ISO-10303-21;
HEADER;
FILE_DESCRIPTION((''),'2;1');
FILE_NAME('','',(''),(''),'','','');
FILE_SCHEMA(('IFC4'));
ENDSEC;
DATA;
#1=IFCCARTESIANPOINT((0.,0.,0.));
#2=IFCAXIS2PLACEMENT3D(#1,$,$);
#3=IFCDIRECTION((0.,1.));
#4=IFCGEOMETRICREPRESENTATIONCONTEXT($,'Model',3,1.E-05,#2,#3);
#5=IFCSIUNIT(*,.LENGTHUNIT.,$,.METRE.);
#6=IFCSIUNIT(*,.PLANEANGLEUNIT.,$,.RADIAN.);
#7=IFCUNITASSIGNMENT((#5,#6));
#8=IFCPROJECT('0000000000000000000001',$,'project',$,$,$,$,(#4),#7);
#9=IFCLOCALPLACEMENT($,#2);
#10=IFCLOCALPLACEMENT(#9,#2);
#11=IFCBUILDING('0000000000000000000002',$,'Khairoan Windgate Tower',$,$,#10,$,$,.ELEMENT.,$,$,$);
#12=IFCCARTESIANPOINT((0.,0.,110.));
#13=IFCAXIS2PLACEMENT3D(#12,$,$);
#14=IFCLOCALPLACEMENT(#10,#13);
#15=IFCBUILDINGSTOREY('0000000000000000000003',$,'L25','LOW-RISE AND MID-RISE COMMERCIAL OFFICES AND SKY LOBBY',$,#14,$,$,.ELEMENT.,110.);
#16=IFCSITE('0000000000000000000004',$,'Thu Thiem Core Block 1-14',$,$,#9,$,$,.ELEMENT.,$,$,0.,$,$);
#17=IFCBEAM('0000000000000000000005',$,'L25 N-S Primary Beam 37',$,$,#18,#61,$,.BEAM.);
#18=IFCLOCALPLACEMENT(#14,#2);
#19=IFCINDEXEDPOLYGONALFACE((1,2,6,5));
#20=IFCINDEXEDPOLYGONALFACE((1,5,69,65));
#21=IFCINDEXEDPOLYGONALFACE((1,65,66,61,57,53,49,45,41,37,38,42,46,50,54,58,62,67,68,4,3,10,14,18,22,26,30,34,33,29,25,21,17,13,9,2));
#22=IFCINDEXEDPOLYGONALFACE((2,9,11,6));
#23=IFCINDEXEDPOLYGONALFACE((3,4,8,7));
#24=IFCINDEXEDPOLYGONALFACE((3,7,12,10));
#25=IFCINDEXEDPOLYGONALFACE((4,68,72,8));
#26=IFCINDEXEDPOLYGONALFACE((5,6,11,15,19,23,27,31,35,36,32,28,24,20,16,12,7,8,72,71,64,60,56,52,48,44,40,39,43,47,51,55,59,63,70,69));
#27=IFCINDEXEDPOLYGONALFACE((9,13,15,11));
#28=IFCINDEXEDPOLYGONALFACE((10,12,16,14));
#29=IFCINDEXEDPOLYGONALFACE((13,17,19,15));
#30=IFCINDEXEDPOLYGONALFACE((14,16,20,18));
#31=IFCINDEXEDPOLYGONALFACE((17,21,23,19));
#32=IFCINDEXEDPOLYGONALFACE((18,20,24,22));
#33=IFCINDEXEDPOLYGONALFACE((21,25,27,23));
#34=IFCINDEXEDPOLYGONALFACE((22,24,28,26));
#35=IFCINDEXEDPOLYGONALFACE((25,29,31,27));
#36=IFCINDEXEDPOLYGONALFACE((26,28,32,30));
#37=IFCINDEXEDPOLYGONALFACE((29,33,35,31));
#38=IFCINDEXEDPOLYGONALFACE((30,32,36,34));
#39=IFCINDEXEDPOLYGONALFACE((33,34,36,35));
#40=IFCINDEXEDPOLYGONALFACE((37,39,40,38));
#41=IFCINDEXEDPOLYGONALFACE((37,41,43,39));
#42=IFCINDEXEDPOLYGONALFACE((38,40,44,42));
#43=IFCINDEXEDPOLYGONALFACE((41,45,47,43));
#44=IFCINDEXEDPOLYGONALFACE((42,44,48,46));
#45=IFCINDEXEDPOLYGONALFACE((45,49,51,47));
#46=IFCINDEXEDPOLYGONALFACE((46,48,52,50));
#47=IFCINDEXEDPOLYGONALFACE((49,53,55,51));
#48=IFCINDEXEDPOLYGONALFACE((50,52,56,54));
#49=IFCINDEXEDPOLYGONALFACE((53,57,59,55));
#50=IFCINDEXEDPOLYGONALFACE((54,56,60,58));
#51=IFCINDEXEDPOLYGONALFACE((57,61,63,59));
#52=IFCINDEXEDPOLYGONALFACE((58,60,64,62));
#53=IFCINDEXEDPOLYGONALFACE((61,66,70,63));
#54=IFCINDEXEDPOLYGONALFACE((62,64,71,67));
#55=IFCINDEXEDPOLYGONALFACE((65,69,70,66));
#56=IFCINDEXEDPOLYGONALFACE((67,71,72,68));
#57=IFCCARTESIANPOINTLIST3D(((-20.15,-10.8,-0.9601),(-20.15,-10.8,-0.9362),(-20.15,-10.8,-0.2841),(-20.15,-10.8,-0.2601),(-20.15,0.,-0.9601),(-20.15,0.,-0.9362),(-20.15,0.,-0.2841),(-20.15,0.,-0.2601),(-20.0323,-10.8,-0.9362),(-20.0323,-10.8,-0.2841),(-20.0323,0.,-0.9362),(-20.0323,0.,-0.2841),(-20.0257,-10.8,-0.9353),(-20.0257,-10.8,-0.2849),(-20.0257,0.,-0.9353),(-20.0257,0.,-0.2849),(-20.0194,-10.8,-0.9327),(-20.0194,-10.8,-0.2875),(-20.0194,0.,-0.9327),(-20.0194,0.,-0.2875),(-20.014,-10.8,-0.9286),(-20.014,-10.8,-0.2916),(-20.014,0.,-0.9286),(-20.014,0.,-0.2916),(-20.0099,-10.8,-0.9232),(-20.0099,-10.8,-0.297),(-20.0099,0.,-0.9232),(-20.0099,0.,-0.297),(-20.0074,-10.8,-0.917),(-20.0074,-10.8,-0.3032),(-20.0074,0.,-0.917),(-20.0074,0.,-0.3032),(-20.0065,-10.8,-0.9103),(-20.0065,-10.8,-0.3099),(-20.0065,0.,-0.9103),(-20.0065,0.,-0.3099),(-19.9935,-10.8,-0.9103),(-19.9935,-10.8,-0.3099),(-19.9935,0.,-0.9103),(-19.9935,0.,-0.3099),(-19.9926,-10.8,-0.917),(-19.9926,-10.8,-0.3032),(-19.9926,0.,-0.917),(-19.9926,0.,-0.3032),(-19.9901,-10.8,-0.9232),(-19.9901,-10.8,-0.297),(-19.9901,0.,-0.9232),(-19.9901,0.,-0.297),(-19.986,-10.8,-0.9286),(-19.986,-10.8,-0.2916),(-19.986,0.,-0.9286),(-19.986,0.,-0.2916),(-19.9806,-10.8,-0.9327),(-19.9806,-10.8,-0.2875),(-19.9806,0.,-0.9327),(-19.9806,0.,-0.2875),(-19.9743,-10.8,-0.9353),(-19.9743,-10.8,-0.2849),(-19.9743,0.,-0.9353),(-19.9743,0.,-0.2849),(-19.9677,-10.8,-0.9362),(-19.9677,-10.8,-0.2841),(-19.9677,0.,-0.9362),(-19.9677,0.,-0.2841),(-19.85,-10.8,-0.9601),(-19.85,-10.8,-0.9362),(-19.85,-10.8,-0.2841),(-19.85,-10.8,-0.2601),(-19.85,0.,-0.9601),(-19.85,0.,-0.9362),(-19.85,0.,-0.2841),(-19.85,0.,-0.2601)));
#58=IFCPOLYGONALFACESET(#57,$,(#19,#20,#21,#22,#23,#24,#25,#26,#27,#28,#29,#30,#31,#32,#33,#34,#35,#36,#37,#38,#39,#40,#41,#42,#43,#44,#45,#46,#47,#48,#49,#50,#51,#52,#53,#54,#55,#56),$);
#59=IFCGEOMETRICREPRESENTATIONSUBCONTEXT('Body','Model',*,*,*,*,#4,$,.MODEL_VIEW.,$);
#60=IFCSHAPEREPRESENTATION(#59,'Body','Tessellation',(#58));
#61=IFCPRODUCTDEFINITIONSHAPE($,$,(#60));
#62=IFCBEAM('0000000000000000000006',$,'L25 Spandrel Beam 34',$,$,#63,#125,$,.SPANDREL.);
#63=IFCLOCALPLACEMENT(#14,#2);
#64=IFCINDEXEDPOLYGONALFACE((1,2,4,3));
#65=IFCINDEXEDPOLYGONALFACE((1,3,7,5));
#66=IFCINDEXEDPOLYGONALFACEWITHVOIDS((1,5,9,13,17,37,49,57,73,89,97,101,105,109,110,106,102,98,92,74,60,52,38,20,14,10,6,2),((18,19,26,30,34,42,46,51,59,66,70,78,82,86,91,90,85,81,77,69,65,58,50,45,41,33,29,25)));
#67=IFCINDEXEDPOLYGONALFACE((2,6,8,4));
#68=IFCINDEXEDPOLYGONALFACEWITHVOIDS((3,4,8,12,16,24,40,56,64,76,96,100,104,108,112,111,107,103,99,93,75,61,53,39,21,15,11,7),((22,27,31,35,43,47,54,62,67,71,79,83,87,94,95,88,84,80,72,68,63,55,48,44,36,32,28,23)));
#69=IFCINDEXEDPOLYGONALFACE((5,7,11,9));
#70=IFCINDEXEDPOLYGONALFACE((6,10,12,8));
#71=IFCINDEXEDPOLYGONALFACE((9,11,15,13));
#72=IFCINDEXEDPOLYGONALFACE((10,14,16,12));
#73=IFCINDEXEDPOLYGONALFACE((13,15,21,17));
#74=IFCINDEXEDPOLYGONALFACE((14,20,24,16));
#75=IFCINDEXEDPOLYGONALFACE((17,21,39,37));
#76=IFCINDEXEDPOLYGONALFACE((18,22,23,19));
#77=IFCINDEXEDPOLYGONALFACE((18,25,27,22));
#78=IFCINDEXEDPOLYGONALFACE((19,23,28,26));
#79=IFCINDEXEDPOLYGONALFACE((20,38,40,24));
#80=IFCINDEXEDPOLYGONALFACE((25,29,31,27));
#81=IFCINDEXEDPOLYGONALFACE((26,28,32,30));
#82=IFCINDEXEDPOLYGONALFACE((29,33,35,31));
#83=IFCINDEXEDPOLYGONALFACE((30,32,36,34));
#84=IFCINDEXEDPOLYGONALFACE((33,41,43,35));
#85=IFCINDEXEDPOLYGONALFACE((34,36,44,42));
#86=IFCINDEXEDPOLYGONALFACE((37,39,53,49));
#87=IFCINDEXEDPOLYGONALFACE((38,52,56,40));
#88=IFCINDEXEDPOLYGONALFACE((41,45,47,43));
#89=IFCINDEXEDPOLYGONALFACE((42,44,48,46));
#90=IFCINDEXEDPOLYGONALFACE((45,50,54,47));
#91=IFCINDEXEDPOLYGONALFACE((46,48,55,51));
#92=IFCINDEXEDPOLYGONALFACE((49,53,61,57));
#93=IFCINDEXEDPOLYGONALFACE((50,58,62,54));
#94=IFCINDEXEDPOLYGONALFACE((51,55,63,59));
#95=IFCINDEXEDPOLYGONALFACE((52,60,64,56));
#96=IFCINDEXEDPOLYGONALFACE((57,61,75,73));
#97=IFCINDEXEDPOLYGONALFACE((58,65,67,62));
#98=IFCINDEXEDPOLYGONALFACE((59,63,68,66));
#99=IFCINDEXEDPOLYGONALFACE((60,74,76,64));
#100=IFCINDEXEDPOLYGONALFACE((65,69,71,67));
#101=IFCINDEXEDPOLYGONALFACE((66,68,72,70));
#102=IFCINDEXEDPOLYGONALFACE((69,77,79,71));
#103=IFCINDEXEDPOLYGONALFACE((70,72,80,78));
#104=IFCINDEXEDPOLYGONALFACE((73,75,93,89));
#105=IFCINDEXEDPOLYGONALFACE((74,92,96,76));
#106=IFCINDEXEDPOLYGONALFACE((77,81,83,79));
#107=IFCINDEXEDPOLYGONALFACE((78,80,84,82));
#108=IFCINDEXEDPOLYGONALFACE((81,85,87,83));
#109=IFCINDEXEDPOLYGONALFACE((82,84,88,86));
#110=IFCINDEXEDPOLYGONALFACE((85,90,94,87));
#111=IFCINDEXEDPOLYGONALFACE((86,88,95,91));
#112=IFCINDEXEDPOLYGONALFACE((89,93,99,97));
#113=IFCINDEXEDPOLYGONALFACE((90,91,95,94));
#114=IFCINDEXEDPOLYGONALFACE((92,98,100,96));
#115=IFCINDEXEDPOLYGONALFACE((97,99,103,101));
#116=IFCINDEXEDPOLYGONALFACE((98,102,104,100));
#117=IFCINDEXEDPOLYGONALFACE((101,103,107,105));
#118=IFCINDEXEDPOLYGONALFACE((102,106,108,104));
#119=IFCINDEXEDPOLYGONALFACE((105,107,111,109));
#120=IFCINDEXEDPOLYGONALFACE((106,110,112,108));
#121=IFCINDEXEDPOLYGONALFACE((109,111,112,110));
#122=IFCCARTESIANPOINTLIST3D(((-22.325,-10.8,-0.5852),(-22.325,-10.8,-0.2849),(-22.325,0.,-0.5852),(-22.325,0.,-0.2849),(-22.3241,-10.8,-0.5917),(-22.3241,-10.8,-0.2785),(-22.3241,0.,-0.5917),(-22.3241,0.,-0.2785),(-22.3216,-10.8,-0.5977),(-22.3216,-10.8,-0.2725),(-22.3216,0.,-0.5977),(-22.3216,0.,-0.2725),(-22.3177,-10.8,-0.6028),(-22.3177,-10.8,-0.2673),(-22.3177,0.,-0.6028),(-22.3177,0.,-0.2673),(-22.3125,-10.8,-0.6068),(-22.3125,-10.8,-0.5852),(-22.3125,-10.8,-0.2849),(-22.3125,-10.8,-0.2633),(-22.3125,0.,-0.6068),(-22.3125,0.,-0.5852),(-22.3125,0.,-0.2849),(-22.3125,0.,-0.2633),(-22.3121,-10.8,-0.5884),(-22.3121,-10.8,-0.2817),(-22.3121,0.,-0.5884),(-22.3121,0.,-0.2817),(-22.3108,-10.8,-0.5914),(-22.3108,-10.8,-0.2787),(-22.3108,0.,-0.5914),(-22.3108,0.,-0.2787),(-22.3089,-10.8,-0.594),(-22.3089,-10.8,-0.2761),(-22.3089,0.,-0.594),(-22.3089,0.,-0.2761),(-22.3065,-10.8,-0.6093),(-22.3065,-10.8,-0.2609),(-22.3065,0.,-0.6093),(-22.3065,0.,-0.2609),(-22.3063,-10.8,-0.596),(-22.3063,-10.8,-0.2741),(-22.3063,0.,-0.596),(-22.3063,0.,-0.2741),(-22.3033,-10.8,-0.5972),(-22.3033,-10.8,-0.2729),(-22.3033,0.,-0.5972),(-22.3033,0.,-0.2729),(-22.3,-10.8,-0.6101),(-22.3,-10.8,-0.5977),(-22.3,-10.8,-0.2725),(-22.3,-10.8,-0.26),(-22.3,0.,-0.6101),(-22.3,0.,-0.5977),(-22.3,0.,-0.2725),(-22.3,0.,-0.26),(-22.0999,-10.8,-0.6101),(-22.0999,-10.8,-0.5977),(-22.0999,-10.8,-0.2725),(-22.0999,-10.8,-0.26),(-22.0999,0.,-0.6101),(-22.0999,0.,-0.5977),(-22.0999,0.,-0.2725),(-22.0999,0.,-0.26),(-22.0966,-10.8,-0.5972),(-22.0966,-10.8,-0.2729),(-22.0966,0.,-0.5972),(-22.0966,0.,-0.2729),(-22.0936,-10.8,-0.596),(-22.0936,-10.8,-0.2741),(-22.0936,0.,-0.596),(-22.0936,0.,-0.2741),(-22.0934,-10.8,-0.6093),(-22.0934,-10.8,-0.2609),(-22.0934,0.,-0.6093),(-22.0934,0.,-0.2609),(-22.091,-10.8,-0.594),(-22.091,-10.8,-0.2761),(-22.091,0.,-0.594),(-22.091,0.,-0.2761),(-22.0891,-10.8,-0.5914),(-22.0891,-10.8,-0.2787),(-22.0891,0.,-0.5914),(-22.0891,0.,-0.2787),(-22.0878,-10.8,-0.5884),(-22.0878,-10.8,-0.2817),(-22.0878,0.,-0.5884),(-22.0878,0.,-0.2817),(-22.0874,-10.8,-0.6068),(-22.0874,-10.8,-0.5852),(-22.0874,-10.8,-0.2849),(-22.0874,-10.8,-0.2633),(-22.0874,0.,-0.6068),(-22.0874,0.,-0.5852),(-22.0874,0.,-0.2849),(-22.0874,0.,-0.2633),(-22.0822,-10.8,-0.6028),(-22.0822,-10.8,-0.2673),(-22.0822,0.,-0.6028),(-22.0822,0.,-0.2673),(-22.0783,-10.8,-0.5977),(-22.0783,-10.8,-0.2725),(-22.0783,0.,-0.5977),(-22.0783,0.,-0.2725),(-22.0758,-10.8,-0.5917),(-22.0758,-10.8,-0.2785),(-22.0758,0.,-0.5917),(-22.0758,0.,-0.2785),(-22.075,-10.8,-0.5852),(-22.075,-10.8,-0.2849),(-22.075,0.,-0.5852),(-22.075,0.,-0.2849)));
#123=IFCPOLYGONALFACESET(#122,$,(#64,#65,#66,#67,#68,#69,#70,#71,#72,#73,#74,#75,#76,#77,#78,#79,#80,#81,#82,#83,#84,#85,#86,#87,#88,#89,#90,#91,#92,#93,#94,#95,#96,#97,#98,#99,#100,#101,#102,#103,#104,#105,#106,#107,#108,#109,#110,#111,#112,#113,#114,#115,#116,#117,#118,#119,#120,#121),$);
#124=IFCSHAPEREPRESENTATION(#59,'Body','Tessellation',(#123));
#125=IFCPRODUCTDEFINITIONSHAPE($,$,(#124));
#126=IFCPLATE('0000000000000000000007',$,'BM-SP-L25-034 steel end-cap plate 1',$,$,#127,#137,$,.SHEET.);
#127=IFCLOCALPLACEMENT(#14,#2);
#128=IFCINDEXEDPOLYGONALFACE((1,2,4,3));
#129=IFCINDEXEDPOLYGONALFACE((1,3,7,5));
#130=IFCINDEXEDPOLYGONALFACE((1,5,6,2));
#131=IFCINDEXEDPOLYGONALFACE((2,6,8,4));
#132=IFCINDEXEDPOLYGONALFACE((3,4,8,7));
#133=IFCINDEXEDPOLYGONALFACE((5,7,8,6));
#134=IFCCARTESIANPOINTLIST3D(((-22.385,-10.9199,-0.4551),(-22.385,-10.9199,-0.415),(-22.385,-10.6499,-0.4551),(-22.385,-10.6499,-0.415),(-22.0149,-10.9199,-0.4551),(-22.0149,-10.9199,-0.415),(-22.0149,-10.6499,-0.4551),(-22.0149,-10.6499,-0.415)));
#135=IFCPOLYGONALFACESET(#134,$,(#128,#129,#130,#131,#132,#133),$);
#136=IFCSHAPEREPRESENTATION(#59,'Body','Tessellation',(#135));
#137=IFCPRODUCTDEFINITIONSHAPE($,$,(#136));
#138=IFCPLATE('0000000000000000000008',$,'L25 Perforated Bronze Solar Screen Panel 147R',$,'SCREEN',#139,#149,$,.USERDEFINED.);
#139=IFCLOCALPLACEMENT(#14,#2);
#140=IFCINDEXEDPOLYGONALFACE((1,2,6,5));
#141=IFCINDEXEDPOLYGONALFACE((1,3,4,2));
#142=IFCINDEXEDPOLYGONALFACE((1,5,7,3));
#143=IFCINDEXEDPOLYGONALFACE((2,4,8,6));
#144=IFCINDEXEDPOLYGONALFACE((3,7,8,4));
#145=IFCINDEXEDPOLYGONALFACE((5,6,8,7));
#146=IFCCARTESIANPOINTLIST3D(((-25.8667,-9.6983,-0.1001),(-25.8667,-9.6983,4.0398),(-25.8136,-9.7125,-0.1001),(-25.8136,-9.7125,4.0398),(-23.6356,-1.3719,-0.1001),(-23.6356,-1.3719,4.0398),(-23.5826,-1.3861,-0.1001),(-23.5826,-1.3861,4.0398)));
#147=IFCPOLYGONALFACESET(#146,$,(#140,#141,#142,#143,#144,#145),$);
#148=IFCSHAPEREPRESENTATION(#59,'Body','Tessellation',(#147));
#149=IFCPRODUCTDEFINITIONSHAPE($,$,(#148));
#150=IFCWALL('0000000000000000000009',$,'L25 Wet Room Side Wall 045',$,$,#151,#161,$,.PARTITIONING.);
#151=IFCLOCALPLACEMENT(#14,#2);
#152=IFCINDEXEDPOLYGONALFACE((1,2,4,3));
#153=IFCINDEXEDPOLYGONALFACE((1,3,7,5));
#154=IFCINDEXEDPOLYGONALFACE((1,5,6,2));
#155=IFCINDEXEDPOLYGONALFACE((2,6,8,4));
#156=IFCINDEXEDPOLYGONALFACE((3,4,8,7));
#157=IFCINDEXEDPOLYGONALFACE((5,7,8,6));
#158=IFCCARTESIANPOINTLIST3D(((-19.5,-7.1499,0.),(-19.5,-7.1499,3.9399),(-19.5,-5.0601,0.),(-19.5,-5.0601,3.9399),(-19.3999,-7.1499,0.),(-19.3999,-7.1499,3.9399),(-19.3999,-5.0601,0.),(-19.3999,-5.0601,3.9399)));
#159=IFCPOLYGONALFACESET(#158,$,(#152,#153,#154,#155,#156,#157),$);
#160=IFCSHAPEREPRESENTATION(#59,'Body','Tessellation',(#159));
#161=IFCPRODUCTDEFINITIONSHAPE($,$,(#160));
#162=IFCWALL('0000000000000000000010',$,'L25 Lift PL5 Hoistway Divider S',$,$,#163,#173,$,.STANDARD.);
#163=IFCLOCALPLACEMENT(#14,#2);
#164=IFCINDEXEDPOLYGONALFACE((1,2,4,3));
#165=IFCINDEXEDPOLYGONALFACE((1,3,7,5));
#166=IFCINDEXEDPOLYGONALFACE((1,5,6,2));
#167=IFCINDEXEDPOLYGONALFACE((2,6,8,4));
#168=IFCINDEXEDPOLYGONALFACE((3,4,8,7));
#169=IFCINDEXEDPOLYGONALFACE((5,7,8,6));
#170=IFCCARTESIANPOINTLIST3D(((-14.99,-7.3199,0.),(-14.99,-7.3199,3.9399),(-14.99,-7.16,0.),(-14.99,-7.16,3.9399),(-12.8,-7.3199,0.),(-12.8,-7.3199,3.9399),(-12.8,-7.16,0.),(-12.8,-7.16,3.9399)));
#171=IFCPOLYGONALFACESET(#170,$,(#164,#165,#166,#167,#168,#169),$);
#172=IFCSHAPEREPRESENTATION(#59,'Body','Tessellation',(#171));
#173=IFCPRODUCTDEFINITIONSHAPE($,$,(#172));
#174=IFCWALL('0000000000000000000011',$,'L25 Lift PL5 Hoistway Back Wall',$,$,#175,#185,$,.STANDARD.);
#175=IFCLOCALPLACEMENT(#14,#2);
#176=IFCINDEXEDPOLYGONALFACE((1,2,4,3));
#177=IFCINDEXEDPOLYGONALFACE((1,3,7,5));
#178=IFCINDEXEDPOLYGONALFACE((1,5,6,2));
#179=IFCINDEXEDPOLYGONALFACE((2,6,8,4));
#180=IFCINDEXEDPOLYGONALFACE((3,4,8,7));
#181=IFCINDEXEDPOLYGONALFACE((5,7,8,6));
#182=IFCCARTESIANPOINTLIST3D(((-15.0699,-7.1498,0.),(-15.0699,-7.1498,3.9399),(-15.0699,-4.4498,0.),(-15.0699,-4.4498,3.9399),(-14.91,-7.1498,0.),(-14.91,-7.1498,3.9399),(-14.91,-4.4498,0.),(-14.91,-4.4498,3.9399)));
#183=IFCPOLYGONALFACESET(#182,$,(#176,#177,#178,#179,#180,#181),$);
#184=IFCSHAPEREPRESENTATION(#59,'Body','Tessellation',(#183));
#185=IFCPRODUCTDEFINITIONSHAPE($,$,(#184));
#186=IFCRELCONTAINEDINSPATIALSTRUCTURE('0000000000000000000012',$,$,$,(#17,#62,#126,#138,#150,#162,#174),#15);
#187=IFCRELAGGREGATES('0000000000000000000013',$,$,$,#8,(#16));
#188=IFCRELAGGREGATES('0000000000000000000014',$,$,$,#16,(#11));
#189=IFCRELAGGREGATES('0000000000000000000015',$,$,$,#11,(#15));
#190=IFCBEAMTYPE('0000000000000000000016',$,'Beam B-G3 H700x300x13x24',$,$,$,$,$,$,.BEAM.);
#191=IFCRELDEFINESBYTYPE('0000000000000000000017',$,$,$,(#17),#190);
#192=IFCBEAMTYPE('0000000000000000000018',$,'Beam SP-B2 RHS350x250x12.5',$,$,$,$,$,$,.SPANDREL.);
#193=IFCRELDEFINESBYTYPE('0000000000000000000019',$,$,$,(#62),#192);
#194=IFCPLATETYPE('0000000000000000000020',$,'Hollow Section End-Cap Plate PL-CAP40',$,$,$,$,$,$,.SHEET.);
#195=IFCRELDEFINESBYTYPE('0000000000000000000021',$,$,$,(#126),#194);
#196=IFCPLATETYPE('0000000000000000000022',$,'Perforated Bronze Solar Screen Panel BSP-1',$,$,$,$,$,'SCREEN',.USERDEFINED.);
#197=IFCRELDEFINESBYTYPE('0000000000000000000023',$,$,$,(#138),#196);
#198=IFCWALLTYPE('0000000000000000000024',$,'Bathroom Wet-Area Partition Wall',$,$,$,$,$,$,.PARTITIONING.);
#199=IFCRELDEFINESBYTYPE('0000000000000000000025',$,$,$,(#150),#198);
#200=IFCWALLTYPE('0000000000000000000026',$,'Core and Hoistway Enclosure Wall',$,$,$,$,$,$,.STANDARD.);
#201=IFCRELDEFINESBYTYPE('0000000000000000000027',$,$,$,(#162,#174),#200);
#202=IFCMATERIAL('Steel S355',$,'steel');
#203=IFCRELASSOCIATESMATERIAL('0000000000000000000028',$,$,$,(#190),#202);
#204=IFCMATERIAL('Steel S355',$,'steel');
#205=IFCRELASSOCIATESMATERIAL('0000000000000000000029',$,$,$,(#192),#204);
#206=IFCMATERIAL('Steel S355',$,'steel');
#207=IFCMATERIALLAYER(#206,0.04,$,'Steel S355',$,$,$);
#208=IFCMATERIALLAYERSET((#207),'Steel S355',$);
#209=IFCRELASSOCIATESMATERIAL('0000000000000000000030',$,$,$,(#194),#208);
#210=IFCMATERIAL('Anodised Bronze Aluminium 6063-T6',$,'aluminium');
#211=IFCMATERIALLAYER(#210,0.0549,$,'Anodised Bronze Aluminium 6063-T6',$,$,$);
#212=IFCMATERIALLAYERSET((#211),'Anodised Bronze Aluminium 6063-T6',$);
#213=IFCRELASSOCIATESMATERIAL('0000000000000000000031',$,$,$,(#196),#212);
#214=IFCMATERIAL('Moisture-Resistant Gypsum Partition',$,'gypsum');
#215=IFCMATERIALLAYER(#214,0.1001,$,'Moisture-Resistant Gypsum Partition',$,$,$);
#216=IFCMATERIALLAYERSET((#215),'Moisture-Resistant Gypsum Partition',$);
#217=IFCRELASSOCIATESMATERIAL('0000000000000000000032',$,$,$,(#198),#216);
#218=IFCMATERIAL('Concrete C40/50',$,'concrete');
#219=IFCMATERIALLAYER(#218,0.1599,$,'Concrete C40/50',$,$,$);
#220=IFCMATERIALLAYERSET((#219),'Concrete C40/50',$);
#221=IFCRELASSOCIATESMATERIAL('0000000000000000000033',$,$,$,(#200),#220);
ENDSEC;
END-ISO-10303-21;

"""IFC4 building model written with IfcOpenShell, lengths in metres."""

from ifc_helpers import new_model, si_unit, direction, frame, frame_2d, origin, origin_2d, place, context, subcontext, project, spatial, rectangle, hollow_rectangle, i_section, extrude, material, layer, layer_set, material_profile, profile_set, type_object, element, save


model = new_model("IFC4")

# Units and contexts
model_context = context("Model", 3, precision=1e-05, world=origin(), true_north=direction((0.0, 1.0)))
body_context = subcontext(model_context, "Body", "Model", "MODEL_VIEW")
ifc_project = project(units=[si_unit("LENGTHUNIT", "METRE"), si_unit("PLANEANGLEUNIT", "RADIAN")], contexts=[model_context])

# Site, building, storey
site_placement = place(None, origin())
site = spatial("IfcSite", under=ifc_project, at=site_placement, Name="Thu Thiem Core Block 1-14", CompositionType="ELEMENT", RefElevation=0.0)
building_placement = place(site_placement, origin())
building = spatial("IfcBuilding", under=site, at=building_placement, Name="Khairoan Windgate Tower", CompositionType="ELEMENT")
storey_placement = place(building_placement, frame((0.0, 0.0, 110.0)))
storey = spatial("IfcBuildingStorey", under=building, at=storey_placement, Name="L25", Description="LOW-RISE AND MID-RISE COMMERCIAL OFFICES AND SKY LOBBY", CompositionType="ELEMENT", Elevation=110.0)

# Beams
ifc_material_1 = material(Name="Steel S355", Category="steel")
ifc_material_profile_1 = material_profile(ifc_material_1, i_section(OverallWidth=0.3, OverallDepth=0.7, WebThickness=0.0129, FlangeThickness=0.0239, FilletRadius=0.0259, at=origin_2d()))
ifc_profile_set_1 = profile_set([ifc_material_profile_1], Name="Steel S355")
beam_type_1 = type_object("IfcBeamType", Name="Beam B-G3 H700x300x13x24", PredefinedType="BEAM", material=ifc_profile_set_1)
beam_1_placement = place(storey_placement, frame((-20.0, -10.8, -0.6101), z_axis=(0.0, 1.0, 0.0), x_axis=(-1.0, 0.0, 0.0)))
element("IfcBeam", 1, at=beam_1_placement, inside=storey, type_object=beam_type_1, Name="L25 N-S Primary Beam 37", PredefinedType="BEAM", context=body_context, shape_type="SweptSolid", body=[
    extrude(i_section(OverallWidth=0.3, OverallDepth=0.7, WebThickness=0.0129, FlangeThickness=0.0239, FilletRadius=0.0259, at=origin_2d()), origin(), (0.0, 0.0, 1.0), 10.8),
])
ifc_material_2 = material(Name="Steel S355", Category="steel")
ifc_material_profile_2 = material_profile(ifc_material_2, hollow_rectangle(XDim=0.25, YDim=0.3501, WallThickness=0.0125, InnerFilletRadius=0.0125, OuterFilletRadius=0.0249, at=origin_2d()))
ifc_profile_set_2 = profile_set([ifc_material_profile_2], Name="Steel S355")
beam_type_2 = type_object("IfcBeamType", Name="Beam SP-B2 RHS350x250x12.5", PredefinedType="SPANDREL", material=ifc_profile_set_2)
beam_2_placement = place(storey_placement, frame((-22.2, -10.8, -0.4351), z_axis=(0.0, 1.0, 0.0), x_axis=(-1.0, 0.0, 0.0)))
element("IfcBeam", 2, at=beam_2_placement, inside=storey, type_object=beam_type_2, Name="L25 Spandrel Beam 34", PredefinedType="SPANDREL", context=body_context, shape_type="SweptSolid", body=[
    extrude(hollow_rectangle(XDim=0.25, YDim=0.3501, WallThickness=0.0125, InnerFilletRadius=0.0125, OuterFilletRadius=0.0249, at=origin_2d()), origin(), (0.0, 0.0, 1.0), 10.8),
])

# Plates
ifc_material_3 = material(Name="Steel S355", Category="steel")
ifc_layer_1 = layer(ifc_material_3, 0.04, Name="Steel S355")
ifc_layer_set_1 = layer_set([ifc_layer_1], Name="Steel S355")
plate_type_1 = type_object("IfcPlateType", Name="Hollow Section End-Cap Plate PL-CAP40", PredefinedType="SHEET", material=ifc_layer_set_1)
plate_1_placement = place(storey_placement, frame((-22.2, -10.7849, -0.4551), z_axis=(0.0, 0.0, 1.0), x_axis=(0.0, 1.0, 0.0)))
element("IfcPlate", 3, at=plate_1_placement, inside=storey, type_object=plate_type_1, Name="BM-SP-L25-034 steel end-cap plate 1", PredefinedType="SHEET", context=body_context, shape_type="SweptSolid", body=[
    extrude(rectangle(XDim=0.27, YDim=0.3701, at=origin_2d()), origin(), (0.0, 0.0, 1.0), 0.04),
])
ifc_material_4 = material(Name="Anodised Bronze Aluminium 6063-T6", Category="aluminium")
ifc_layer_2 = layer(ifc_material_4, 0.0549, Name="Anodised Bronze Aluminium 6063-T6")
ifc_layer_set_2 = layer_set([ifc_layer_2], Name="Anodised Bronze Aluminium 6063-T6")
plate_type_2 = type_object("IfcPlateType", Name="Perforated Bronze Solar Screen Panel BSP-1", ElementType="SCREEN", PredefinedType="USERDEFINED", material=ifc_layer_set_2)
plate_2_placement = place(storey_placement, frame((-24.7246, -5.5422, -0.1001), z_axis=(0.0, 0.0, 1.0), x_axis=(0.258819, 0.965926, 0.0)))
element("IfcPlate", 4, at=plate_2_placement, inside=storey, type_object=plate_type_2, Name="L25 Perforated Bronze Solar Screen Panel 147R", ObjectType="SCREEN", PredefinedType="USERDEFINED", context=body_context, shape_type="SweptSolid", body=[
    extrude(rectangle(XDim=8.6201, YDim=0.0549, at=origin_2d()), origin(), (0.0, 0.0, 1.0), 4.1399),
])

# Walls
ifc_material_5 = material(Name="Moisture-Resistant Gypsum Partition", Category="gypsum")
ifc_layer_3 = layer(ifc_material_5, 0.1001, Name="Moisture-Resistant Gypsum Partition")
ifc_layer_set_3 = layer_set([ifc_layer_3], Name="Moisture-Resistant Gypsum Partition")
wall_type_1 = type_object("IfcWallType", Name="Bathroom Wet-Area Partition Wall", PredefinedType="PARTITIONING", material=ifc_layer_set_3)
wall_1_placement = place(storey_placement, frame((-19.45, -7.1499, 0.0), z_axis=(0.0, 0.0, 1.0), x_axis=(0.0, 1.0, 0.0)))
element("IfcWall", 5, at=wall_1_placement, inside=storey, type_object=wall_type_1, Name="L25 Wet Room Side Wall 045", PredefinedType="PARTITIONING", context=body_context, shape_type="SweptSolid", body=[
    extrude(rectangle(XDim=2.0898, YDim=0.1001, at=frame_2d((1.0449, 0.0))), origin(), (0.0, 0.0, 1.0), 3.9399),
])
ifc_material_6 = material(Name="Concrete C40/50", Category="concrete")
ifc_layer_4 = layer(ifc_material_6, 0.1599, Name="Concrete C40/50")
ifc_layer_set_4 = layer_set([ifc_layer_4], Name="Concrete C40/50")
wall_type_2 = type_object("IfcWallType", Name="Core and Hoistway Enclosure Wall", PredefinedType="STANDARD", material=ifc_layer_set_4)
wall_2_placement = place(storey_placement, frame((-14.99, -7.24, 0.0), z_axis=(0.0, 0.0, 1.0), x_axis=(1.0, 0.0, 0.0)))
element("IfcWall", 6, at=wall_2_placement, inside=storey, type_object=wall_type_2, Name="L25 Lift PL5 Hoistway Divider S", PredefinedType="STANDARD", context=body_context, shape_type="SweptSolid", body=[
    extrude(rectangle(XDim=2.1899, YDim=0.1599, at=frame_2d((1.095, 0.0))), origin(), (0.0, 0.0, 1.0), 3.9399),
])
wall_3_placement = place(storey_placement, frame((-14.99, -7.1499, 0.0), z_axis=(0.0, 0.0, 1.0), x_axis=(0.0, 1.0, 0.0)))
element("IfcWall", 7, at=wall_3_placement, inside=storey, type_object=wall_type_2, Name="L25 Lift PL5 Hoistway Back Wall", PredefinedType="STANDARD", context=body_context, shape_type="SweptSolid", body=[
    extrude(rectangle(XDim=2.7, YDim=0.1599, at=frame_2d((1.3501, 0.0))), origin(), (0.0, 0.0, 1.0), 3.9399),
])

save(model, "model.ifc")
